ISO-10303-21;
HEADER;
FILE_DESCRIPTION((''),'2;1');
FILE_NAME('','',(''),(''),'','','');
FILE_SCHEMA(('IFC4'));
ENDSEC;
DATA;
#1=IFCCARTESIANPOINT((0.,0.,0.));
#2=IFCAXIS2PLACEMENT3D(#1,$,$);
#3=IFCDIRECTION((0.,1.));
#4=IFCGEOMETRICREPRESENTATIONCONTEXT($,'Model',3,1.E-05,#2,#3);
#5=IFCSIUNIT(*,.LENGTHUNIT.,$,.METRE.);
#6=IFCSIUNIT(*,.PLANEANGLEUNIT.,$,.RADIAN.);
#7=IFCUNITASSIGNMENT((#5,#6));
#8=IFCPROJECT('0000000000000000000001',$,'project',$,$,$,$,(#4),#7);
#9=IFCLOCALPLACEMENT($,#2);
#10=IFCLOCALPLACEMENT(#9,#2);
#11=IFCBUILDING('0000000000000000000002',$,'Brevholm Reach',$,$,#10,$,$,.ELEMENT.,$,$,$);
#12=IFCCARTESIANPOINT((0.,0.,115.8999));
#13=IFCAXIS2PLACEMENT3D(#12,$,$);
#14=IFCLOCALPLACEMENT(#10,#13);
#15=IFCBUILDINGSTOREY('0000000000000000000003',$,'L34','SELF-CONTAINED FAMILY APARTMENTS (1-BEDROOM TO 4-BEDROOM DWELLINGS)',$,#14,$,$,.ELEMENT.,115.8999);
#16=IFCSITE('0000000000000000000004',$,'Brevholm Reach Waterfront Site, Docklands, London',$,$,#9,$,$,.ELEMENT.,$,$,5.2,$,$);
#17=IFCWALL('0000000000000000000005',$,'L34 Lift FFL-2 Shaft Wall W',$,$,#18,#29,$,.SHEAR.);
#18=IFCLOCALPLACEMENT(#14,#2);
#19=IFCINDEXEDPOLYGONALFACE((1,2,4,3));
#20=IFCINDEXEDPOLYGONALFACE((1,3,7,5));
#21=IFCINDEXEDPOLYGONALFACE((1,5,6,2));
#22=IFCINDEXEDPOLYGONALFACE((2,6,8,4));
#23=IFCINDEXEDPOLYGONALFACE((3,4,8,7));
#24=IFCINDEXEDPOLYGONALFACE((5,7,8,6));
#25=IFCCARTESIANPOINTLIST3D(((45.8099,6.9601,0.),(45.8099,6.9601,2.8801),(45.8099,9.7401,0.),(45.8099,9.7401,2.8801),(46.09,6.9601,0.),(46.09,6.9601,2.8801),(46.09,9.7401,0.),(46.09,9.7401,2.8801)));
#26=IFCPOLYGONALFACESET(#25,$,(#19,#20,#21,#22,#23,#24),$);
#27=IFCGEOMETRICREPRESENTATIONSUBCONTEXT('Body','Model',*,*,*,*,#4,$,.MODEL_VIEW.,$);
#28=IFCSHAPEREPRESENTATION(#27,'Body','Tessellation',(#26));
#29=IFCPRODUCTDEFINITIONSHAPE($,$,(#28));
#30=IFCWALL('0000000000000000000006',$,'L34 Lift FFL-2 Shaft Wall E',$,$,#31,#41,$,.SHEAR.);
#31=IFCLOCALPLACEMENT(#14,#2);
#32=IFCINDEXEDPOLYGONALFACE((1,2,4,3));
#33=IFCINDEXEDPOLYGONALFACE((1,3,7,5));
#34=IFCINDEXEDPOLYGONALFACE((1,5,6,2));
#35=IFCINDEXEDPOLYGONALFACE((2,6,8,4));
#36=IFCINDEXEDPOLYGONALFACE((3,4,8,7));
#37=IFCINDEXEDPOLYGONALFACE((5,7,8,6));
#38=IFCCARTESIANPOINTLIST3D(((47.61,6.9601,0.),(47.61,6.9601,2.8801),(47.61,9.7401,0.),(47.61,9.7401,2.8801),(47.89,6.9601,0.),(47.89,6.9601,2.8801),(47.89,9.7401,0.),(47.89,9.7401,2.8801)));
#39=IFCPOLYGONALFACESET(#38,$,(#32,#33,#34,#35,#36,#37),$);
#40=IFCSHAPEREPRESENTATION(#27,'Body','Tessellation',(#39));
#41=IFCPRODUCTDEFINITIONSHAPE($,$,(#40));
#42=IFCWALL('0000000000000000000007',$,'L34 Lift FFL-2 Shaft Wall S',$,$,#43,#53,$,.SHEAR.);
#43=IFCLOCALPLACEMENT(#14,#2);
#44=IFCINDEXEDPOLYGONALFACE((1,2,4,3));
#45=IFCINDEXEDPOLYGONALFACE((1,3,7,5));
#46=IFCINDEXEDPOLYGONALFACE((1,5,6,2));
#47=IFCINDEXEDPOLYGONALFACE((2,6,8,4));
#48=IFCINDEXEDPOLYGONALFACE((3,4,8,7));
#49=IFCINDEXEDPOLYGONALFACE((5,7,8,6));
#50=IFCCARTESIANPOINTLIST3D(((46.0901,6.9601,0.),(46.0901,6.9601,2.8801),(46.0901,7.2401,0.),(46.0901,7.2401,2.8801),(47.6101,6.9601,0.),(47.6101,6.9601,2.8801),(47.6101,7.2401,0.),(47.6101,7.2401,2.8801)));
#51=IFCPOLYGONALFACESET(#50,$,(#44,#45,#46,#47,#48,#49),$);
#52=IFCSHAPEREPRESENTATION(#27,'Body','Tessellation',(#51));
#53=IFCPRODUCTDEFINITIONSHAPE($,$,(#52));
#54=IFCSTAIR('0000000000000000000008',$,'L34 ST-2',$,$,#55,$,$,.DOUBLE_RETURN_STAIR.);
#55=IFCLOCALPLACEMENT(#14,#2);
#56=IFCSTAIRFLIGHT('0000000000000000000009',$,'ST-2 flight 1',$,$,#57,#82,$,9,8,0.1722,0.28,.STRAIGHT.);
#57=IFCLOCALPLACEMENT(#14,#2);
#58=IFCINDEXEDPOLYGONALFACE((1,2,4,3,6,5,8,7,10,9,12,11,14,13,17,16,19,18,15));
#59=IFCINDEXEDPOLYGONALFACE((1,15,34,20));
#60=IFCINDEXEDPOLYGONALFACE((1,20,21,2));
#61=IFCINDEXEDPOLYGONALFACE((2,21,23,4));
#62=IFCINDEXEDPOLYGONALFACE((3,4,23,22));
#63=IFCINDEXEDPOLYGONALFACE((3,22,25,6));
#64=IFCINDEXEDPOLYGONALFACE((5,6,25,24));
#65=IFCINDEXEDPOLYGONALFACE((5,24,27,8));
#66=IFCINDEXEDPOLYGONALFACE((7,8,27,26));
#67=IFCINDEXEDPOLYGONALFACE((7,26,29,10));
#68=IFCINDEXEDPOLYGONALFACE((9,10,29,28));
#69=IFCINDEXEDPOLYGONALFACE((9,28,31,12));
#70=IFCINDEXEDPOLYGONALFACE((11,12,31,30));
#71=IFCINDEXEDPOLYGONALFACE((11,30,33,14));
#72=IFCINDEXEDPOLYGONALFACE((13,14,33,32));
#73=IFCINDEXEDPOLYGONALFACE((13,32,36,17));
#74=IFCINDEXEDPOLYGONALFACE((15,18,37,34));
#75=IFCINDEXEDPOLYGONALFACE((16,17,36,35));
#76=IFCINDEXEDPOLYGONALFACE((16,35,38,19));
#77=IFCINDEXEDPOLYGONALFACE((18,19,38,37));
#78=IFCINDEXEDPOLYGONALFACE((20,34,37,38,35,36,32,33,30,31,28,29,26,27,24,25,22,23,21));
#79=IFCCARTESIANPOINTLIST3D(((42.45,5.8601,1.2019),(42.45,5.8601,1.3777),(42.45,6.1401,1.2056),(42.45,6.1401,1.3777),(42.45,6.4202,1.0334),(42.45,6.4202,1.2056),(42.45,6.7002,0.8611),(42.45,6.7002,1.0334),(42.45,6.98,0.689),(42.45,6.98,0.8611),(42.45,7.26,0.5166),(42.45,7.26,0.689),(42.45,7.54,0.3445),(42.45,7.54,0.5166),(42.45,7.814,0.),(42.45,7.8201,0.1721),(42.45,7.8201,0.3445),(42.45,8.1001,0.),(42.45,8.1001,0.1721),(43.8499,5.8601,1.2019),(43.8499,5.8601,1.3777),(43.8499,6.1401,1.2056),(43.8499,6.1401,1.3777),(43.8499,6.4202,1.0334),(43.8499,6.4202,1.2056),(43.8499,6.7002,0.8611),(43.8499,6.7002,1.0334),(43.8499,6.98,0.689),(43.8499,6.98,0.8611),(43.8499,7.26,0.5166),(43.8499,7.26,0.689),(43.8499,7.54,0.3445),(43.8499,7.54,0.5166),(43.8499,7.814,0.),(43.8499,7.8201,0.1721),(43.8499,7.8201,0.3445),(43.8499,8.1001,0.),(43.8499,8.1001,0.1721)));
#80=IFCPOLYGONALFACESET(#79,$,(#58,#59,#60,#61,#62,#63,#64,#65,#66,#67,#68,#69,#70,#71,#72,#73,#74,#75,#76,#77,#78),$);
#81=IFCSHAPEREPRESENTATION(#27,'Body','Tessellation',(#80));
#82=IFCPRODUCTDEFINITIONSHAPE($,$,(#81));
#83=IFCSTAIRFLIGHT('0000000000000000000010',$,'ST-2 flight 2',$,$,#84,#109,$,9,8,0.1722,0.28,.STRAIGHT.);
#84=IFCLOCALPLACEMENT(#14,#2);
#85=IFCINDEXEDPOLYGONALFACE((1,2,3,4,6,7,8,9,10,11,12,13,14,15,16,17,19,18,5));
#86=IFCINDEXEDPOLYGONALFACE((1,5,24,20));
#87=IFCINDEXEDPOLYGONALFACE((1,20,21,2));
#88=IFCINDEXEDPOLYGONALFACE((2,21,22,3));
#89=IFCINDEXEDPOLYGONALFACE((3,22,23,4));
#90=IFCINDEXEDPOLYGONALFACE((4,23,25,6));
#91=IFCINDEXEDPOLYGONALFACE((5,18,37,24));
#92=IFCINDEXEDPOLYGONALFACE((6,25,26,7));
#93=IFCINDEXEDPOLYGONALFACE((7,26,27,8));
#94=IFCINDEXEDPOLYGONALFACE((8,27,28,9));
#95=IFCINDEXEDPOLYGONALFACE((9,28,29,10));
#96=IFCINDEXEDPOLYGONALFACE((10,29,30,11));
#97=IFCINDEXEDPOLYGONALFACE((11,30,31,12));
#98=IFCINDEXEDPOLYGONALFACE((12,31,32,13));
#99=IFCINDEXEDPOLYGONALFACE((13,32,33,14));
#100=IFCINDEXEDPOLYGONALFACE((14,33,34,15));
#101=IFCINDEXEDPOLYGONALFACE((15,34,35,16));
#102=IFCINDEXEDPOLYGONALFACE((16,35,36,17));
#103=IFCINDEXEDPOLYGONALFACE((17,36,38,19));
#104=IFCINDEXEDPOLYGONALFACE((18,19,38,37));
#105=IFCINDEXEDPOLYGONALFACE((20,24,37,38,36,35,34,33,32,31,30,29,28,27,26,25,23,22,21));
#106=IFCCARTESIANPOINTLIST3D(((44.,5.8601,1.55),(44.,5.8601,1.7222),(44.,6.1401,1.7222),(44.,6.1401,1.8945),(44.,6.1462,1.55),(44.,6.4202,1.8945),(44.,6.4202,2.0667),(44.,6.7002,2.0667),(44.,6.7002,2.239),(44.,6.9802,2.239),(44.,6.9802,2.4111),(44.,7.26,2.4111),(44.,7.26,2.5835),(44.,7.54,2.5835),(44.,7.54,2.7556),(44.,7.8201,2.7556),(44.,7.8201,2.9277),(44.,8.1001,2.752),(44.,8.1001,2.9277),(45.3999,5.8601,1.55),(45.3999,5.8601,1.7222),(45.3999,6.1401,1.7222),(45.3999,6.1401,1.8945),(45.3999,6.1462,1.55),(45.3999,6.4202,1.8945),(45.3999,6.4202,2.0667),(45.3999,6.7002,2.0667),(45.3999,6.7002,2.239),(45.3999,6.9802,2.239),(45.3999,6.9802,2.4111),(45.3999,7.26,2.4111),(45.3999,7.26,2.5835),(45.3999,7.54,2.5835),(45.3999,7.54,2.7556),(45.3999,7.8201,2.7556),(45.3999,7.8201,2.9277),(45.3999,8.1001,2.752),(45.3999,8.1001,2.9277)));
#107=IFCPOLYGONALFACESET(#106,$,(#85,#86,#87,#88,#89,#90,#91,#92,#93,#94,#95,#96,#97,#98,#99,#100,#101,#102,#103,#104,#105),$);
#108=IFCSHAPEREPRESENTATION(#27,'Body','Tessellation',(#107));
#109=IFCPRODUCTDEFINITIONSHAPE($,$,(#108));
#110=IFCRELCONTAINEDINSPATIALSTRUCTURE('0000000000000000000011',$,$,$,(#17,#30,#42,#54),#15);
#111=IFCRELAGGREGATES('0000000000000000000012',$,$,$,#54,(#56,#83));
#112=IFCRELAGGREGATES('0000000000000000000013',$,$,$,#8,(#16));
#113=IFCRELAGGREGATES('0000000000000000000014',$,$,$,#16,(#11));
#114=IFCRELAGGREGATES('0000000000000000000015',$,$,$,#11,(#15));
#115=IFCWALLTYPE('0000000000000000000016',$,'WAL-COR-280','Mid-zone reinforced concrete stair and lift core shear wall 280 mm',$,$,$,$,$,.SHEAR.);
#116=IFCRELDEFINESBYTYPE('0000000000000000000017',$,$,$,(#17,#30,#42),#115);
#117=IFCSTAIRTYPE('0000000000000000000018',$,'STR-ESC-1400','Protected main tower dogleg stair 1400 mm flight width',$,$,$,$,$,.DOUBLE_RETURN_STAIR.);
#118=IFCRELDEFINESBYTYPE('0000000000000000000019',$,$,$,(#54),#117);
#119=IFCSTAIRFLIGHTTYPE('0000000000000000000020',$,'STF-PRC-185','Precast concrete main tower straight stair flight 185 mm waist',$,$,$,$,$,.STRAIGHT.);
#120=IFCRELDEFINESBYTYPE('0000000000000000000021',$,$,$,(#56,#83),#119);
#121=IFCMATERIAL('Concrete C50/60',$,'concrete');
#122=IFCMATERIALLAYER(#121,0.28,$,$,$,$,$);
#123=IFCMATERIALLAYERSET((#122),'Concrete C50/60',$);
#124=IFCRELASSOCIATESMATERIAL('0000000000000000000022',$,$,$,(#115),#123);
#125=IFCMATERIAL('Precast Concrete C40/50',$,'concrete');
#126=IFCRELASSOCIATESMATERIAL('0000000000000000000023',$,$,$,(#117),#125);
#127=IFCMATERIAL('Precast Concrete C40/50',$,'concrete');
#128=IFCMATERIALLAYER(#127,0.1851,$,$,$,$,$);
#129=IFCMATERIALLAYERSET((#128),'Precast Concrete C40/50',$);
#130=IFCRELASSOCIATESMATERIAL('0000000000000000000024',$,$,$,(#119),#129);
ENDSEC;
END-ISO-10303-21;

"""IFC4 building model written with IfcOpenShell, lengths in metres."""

from ifc_helpers import new_model, si_unit, direction, frame, frame_2d, origin, place, context, subcontext, project, spatial, polyline, rectangle, outline, extrude, material, layer, layer_set, type_object, element, aggregate, save


model = new_model("IFC4")

# Units and contexts
model_context = context("Model", 3, precision=1e-05, world=origin(), true_north=direction((0.0, 1.0)))
body_context = subcontext(model_context, "Body", "Model", "MODEL_VIEW")
ifc_project = project(units=[si_unit("LENGTHUNIT", "METRE"), si_unit("PLANEANGLEUNIT", "RADIAN")], contexts=[model_context])

# Site, building, storey
site_placement = place(None, origin())
site = spatial("IfcSite", under=ifc_project, at=site_placement, Name="Brevholm Reach Waterfront Site, Docklands, London", CompositionType="ELEMENT", RefElevation=5.2)
building_placement = place(site_placement, origin())
building = spatial("IfcBuilding", under=site, at=building_placement, Name="Brevholm Reach", CompositionType="ELEMENT")
storey_placement = place(building_placement, frame((0.0, 0.0, 115.8999)))
storey = spatial("IfcBuildingStorey", under=building, at=storey_placement, Name="L34", Description="SELF-CONTAINED FAMILY APARTMENTS (1-BEDROOM TO 4-BEDROOM DWELLINGS)", CompositionType="ELEMENT", Elevation=115.8999)

# Walls
ifc_material_1 = material(Name="Concrete C50/60", Category="concrete")
ifc_layer_1 = layer(ifc_material_1, 0.28)
ifc_layer_set_1 = layer_set([ifc_layer_1], Name="Concrete C50/60")
wall_type = type_object("IfcWallType", Name="WAL-COR-280", Description="Mid-zone reinforced concrete stair and lift core shear wall 280 mm", PredefinedType="SHEAR", material=ifc_layer_set_1)
for number, where, z_axis, x_axis, name in (
    (1, (45.95, 6.96, 0.0), (0.0, 0.0, 1.0), (0.0, 1.0, 0.0), "L34 Lift FFL-2 Shaft Wall W"),
    (2, (47.75, 6.96, 0.0), (0.0, 0.0, 1.0), (0.0, 1.0, 0.0), "L34 Lift FFL-2 Shaft Wall E"),
):
    element("IfcWall", number, at=place(storey_placement, frame(where, z_axis=z_axis, x_axis=x_axis)), inside=storey, type_object=wall_type, Name=name, PredefinedType="SHEAR", context=body_context, shape_type="SweptSolid", body=[
        extrude(rectangle(XDim=2.78, YDim=0.28, at=frame_2d((1.3901, 0.0))), origin(), (0.0, 0.0, 1.0), 2.8801),
    ])
wall_1_placement = place(storey_placement, frame((46.0901, 7.1001, 0.0), z_axis=(0.0, 0.0, 1.0), x_axis=(1.0, 0.0, 0.0)))
element("IfcWall", 3, at=wall_1_placement, inside=storey, type_object=wall_type, Name="L34 Lift FFL-2 Shaft Wall S", PredefinedType="SHEAR", context=body_context, shape_type="SweptSolid", body=[
    extrude(rectangle(XDim=1.52, YDim=0.28, at=frame_2d((0.76, 0.0))), origin(), (0.0, 0.0, 1.0), 2.8801),
])

# Stair, stair flights
ifc_material_2 = material(Name="Precast Concrete C40/50", Category="concrete")
stair_type = type_object("IfcStairType", Name="STR-ESC-1400", Description="Protected main tower dogleg stair 1400 mm flight width", PredefinedType="DOUBLE_RETURN_STAIR", material=ifc_material_2)
stair_placement = place(storey_placement, origin())
stair = element("IfcStair", 4, at=stair_placement, inside=storey, type_object=stair_type, Name="L34 ST-2", PredefinedType="DOUBLE_RETURN_STAIR")
ifc_material_3 = material(Name="Precast Concrete C40/50", Category="concrete")
ifc_layer_2 = layer(ifc_material_3, 0.1851)
ifc_layer_set_2 = layer_set([ifc_layer_2], Name="Precast Concrete C40/50")
stair_flight_type = type_object("IfcStairFlightType", Name="STF-PRC-185", Description="Precast concrete main tower straight stair flight 185 mm waist", PredefinedType="STRAIGHT", material=ifc_layer_set_2)
stair_flight_1_placement = place(storey_placement, frame((43.1499, 8.1001, 0.0), z_axis=(0.0, 0.0, 1.0), x_axis=(0.0, -1.0, 0.0)))
stair_flight_1 = element("IfcStairFlight", 5, at=stair_flight_1_placement, type_object=stair_flight_type, Name="ST-2 flight 1", NumberOfRisers=9, NumberOfTreads=8, PredefinedType="STRAIGHT", RiserHeight=0.1722, TreadLength=0.28, context=body_context, shape_type="SweptSolid", body=[
    extrude(outline(polyline([(0.0, 0.0), (0.0, 0.1721), (0.28, 0.1721), (0.28, 0.3445), (0.5601, 0.3445), (0.5601, 0.5166), (0.8401, 0.5166), (0.8401, 0.689), (1.1201, 0.689), (1.1201, 0.8611), (1.3999, 0.8611), (1.3999, 1.0334), (1.6799, 1.0334), (1.6799, 1.2056), (1.96, 1.2056), (1.96, 1.3777), (2.24, 1.3777), (2.24, 1.55), (2.24, 1.2019), (0.2861, 0.0), (0.0, 0.0)])), frame((0.0, 0.7, 0.0), z_axis=(0.0, -1.0, 0.0), x_axis=(1.0, 0.0, 0.0)), (0.0, 0.0, 1.0), 1.3999),
])
stair_flight_2_placement = place(storey_placement, frame((44.7, 5.8601, 1.55), z_axis=(0.0, 0.0, 1.0), x_axis=(0.0, 1.0, 0.0)))
stair_flight_2 = element("IfcStairFlight", 6, at=stair_flight_2_placement, type_object=stair_flight_type, Name="ST-2 flight 2", NumberOfRisers=9, NumberOfTreads=8, PredefinedType="STRAIGHT", RiserHeight=0.1722, TreadLength=0.28, context=body_context, shape_type="SweptSolid", body=[
    extrude(outline(polyline([(0.0, 0.0), (0.0, 0.1721), (0.28, 0.1721), (0.28, 0.3445), (0.5601, 0.3445), (0.5601, 0.5166), (0.8401, 0.5166), (0.8401, 0.689), (1.1201, 0.689), (1.1201, 0.8611), (1.3999, 0.8611), (1.3999, 1.0334), (1.6799, 1.0334), (1.6799, 1.2056), (1.96, 1.2056), (1.96, 1.3777), (2.24, 1.3777), (2.24, 1.55), (2.24, 1.2019), (0.2861, 0.0), (0.0, 0.0)])), frame((0.0, 0.7, 0.0), z_axis=(0.0, -1.0, 0.0), x_axis=(1.0, 0.0, 0.0)), (0.0, 0.0, 1.0), 1.3999),
])
aggregate(stair, [stair_flight_1, stair_flight_2])

save(model, "model.ifc")
